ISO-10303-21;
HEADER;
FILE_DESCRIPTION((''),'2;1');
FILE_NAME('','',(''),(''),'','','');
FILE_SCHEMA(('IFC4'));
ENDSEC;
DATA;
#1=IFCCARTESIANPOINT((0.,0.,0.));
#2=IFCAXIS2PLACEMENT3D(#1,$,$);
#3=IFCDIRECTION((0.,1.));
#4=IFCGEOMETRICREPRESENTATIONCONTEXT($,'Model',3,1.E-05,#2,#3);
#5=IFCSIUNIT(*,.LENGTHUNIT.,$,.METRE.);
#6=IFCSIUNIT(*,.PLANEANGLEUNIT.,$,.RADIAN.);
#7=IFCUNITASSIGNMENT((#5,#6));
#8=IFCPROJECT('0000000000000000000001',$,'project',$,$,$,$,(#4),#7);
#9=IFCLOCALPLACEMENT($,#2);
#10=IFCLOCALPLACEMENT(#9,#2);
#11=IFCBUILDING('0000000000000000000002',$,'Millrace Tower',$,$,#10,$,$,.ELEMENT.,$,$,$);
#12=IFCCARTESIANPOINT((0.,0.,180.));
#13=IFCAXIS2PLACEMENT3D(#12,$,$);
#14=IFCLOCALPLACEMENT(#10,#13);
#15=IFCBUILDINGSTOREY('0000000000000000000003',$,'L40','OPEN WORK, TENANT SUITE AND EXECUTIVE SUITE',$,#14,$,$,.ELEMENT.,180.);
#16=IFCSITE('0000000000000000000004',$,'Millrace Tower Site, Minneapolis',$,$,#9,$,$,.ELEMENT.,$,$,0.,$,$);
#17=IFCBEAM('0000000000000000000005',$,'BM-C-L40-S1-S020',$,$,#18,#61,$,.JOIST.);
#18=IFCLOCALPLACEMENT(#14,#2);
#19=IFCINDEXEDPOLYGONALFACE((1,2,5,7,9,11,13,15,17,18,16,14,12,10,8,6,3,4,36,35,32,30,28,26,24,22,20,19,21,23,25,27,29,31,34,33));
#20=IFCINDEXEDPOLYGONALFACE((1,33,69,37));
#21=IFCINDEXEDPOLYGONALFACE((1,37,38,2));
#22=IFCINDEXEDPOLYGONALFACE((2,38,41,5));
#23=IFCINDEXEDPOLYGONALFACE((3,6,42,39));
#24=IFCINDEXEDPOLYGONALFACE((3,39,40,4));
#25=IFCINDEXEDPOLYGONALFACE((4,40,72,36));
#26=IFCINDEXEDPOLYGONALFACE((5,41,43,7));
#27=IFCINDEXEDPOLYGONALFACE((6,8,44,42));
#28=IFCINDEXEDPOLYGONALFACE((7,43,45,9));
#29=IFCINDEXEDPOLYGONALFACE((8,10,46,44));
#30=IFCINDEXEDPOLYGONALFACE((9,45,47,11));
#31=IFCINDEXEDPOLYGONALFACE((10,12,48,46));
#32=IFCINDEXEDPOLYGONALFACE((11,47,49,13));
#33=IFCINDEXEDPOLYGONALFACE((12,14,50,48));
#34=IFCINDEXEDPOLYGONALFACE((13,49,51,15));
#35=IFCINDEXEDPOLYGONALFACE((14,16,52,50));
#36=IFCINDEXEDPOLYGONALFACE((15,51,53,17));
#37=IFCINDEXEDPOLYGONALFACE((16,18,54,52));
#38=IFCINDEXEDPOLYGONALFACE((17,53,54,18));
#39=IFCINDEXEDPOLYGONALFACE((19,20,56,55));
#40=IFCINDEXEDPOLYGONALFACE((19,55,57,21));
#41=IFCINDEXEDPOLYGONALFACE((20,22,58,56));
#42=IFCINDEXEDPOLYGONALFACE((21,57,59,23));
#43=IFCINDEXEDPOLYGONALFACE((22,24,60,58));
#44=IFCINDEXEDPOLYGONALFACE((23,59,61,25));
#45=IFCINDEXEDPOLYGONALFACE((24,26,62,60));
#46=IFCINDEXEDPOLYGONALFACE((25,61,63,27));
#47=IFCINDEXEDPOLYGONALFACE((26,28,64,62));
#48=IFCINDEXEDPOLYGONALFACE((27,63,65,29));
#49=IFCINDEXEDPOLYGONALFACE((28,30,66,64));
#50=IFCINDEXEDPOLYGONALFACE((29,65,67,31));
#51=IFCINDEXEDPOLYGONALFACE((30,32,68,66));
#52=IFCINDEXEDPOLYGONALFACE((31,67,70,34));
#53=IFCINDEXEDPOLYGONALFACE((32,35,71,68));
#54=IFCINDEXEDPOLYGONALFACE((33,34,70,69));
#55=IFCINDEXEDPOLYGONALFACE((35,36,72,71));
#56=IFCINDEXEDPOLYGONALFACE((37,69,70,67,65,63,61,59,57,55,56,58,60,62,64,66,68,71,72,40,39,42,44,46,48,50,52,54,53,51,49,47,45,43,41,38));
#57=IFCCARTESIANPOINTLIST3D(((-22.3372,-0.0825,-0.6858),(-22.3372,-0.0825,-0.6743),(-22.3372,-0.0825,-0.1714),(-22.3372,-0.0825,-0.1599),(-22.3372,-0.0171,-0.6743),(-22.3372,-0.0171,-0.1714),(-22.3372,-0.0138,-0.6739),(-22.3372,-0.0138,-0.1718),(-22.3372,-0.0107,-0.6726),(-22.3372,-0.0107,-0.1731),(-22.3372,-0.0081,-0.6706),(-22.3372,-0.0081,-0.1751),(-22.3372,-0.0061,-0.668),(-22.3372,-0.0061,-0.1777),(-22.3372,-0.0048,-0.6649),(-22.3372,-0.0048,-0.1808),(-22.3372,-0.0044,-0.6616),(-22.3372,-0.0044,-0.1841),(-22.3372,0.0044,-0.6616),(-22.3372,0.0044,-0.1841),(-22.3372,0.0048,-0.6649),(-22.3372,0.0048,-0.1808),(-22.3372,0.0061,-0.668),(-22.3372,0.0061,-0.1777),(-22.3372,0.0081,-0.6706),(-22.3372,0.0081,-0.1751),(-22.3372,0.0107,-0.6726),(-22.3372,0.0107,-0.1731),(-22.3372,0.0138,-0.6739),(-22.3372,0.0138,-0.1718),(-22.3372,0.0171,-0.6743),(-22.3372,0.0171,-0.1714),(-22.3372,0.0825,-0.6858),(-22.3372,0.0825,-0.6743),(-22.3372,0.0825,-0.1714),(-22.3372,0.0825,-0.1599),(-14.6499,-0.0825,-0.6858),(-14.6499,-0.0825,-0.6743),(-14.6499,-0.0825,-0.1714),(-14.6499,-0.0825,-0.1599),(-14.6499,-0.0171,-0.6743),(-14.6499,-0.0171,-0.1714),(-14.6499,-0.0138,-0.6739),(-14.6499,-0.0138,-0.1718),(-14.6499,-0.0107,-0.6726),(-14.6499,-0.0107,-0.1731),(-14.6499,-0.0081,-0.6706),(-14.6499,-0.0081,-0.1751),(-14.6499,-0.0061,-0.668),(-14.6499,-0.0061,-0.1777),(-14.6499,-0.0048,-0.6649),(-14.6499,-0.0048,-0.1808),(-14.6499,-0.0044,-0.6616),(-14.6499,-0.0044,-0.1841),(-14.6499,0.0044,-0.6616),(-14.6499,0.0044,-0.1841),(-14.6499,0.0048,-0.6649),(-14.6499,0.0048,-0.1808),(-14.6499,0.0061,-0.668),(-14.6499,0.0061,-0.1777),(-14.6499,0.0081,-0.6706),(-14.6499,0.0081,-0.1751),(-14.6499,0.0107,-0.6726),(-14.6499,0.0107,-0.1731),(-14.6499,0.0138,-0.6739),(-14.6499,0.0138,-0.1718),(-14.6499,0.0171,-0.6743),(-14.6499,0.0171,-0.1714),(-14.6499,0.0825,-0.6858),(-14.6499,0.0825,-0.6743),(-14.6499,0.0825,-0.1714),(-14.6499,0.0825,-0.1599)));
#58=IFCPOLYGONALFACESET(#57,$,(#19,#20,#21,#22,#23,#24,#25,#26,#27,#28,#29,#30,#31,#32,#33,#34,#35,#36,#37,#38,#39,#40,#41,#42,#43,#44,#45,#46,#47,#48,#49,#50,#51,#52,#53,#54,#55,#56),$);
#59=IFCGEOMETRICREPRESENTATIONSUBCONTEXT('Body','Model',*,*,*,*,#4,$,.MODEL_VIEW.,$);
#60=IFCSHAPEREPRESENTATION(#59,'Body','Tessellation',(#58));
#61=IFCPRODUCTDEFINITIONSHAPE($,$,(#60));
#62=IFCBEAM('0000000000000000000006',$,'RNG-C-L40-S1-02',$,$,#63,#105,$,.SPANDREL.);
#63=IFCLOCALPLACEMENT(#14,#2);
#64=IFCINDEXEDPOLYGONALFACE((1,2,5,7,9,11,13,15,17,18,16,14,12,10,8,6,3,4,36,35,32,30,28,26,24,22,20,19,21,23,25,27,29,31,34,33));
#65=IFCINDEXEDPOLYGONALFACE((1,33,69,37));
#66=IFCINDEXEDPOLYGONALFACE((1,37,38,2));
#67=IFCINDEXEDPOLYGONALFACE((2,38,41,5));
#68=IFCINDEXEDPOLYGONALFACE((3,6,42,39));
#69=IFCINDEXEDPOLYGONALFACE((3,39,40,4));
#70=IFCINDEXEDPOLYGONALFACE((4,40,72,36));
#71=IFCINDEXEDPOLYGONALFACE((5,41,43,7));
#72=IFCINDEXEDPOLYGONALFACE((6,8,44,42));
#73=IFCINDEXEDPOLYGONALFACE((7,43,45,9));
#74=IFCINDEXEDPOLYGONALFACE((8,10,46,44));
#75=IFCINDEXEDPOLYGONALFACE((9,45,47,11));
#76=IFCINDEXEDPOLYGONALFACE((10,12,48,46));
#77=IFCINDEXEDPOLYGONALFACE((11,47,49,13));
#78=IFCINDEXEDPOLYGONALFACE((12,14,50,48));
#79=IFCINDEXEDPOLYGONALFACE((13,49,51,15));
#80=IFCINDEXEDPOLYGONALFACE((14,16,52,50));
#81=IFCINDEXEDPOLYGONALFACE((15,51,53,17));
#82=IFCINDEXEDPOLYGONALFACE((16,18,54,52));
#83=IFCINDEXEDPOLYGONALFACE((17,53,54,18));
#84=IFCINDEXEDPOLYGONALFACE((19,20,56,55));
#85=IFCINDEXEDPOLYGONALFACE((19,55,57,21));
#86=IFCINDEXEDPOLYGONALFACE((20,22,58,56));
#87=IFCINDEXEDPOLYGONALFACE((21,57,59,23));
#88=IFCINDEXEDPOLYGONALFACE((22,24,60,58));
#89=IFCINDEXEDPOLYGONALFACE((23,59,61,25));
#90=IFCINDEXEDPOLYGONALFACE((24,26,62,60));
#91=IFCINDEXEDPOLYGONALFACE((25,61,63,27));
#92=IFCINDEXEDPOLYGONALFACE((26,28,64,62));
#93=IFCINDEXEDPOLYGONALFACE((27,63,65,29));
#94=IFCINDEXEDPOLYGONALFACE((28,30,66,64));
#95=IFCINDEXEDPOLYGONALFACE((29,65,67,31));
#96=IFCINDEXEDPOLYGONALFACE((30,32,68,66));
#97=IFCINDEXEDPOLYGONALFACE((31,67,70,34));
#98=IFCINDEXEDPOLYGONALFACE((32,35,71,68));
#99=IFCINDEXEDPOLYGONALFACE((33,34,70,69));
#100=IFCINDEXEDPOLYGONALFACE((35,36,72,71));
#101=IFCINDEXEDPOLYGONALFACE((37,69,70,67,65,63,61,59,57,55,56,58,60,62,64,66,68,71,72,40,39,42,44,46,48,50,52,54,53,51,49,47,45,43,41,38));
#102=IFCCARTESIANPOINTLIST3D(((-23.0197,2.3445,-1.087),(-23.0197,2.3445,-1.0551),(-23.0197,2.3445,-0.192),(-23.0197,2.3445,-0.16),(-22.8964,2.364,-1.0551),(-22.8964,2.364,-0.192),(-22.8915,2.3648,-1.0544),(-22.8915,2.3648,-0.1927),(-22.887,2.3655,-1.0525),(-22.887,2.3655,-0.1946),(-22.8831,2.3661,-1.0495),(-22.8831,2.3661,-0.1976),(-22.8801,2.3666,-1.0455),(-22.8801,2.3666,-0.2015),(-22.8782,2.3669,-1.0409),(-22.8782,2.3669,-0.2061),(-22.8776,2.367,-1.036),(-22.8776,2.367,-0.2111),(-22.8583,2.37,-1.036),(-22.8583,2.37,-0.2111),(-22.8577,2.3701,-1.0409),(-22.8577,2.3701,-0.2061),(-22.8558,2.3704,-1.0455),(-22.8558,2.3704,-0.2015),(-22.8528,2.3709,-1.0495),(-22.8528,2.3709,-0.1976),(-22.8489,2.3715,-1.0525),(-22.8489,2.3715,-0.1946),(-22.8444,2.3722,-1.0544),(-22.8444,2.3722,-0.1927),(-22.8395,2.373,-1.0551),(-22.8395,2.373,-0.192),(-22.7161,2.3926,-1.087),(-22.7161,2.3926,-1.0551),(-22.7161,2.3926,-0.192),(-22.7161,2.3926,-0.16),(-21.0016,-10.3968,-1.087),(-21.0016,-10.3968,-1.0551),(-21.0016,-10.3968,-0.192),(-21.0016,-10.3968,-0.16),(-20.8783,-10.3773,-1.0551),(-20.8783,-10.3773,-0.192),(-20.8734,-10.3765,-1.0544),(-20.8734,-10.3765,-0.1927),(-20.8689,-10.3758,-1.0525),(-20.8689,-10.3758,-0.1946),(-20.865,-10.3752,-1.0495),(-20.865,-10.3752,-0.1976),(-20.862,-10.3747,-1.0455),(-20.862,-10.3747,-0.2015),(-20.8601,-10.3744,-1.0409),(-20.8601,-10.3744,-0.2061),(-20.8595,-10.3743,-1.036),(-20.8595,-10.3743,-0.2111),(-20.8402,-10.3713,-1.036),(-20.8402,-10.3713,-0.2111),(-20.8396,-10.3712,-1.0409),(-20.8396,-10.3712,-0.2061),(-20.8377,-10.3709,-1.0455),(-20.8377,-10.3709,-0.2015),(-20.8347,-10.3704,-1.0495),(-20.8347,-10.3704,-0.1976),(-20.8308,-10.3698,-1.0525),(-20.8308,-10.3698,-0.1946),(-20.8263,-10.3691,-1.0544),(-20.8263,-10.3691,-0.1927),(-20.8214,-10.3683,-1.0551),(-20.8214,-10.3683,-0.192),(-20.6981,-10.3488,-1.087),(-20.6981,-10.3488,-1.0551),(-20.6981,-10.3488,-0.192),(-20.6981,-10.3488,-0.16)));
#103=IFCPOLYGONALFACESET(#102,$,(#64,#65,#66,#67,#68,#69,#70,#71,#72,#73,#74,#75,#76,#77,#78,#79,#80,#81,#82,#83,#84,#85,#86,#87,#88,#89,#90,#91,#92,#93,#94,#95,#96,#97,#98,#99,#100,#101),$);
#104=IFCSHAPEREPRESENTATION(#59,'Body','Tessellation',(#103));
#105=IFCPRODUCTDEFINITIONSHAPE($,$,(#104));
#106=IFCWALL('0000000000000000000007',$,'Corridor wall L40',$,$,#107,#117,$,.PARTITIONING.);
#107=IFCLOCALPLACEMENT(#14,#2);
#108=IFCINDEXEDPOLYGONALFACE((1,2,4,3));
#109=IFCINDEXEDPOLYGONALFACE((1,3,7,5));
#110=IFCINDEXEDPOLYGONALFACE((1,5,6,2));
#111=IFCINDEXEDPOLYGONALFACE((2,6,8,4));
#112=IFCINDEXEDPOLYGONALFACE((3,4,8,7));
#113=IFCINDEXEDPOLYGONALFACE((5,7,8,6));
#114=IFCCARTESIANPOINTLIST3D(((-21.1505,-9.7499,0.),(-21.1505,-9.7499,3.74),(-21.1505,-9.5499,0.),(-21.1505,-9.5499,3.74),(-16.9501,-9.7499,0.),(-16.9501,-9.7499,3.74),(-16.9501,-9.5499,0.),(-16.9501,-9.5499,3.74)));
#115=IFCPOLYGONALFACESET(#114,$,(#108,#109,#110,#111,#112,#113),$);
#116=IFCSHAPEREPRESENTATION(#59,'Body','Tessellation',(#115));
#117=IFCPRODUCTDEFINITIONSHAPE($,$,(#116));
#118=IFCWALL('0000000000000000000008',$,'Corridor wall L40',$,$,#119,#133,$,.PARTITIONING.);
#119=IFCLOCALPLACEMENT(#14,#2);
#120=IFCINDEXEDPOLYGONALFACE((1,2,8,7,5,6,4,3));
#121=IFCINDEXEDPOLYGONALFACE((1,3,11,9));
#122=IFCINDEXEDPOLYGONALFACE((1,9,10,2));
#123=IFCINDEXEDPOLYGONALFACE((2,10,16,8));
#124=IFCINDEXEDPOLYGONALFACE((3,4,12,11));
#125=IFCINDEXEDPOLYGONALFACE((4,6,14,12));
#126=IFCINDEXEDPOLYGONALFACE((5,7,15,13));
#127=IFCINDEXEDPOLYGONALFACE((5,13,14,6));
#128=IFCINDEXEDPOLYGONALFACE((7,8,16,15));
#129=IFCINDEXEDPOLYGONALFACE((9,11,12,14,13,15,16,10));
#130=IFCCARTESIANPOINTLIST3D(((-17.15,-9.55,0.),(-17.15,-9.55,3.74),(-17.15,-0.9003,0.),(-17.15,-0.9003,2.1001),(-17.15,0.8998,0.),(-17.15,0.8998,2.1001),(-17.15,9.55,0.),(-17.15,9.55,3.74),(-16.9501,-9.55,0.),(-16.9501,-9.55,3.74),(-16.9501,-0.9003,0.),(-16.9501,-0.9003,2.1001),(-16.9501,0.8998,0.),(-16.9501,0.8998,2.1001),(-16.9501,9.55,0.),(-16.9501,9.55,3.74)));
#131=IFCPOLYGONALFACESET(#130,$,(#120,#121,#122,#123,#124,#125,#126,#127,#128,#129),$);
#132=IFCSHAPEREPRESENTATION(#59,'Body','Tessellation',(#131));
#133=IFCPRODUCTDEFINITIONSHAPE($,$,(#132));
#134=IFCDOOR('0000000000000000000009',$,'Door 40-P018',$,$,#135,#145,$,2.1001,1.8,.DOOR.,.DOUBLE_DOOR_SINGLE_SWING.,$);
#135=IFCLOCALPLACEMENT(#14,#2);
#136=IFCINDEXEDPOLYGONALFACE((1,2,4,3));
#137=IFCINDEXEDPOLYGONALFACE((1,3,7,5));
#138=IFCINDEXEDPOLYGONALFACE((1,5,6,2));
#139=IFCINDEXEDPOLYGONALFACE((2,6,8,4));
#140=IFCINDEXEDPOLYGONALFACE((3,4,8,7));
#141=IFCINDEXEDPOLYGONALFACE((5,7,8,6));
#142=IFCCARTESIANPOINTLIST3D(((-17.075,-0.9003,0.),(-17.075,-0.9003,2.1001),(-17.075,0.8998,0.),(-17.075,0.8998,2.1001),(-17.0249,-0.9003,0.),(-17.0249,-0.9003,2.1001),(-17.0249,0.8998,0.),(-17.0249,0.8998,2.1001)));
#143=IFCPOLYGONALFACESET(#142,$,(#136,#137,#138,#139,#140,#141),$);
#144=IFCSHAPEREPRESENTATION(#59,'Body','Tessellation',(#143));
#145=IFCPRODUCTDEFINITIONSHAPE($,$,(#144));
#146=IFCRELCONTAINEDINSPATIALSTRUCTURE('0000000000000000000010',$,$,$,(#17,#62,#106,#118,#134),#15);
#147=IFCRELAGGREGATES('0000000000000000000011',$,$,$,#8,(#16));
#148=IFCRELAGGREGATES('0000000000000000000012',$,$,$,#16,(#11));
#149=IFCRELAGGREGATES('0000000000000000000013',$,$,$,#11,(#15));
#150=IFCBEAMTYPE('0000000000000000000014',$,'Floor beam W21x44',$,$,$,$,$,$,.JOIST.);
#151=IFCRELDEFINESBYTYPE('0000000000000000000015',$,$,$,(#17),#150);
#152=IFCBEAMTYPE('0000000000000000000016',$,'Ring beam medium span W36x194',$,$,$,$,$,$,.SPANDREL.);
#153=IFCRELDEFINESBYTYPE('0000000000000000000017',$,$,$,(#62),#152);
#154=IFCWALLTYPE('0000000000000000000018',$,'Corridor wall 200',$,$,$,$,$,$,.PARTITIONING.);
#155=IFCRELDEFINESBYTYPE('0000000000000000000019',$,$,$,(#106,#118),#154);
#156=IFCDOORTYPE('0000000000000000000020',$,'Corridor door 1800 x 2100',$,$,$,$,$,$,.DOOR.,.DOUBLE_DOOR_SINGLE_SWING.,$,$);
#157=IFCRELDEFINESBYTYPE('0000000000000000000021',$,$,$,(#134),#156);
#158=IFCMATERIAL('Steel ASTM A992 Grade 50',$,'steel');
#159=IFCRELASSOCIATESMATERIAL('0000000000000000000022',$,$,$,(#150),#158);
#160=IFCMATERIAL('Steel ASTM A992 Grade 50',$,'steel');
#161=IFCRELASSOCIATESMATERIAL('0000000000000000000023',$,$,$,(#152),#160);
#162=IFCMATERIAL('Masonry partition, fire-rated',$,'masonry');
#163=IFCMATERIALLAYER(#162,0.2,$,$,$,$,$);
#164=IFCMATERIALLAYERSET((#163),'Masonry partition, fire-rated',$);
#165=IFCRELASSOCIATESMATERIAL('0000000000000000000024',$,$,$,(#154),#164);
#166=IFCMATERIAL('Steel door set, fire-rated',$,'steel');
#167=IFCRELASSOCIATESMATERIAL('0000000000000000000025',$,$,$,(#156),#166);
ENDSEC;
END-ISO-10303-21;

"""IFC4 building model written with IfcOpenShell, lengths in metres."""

from ifc_helpers import new_model, si_unit, direction, frame, frame_2d, origin, origin_2d, place, context, subcontext, project, spatial, rectangle, i_section, extrude, material, layer, layer_set, material_profile, profile_set, type_object, element, fill, save


model = new_model("IFC4")

# Units and contexts
model_context = context("Model", 3, precision=1e-05, world=origin(), true_north=direction((0.0, 1.0)))
body_context = subcontext(model_context, "Body", "Model", "MODEL_VIEW")
ifc_project = project(units=[si_unit("LENGTHUNIT", "METRE"), si_unit("PLANEANGLEUNIT", "RADIAN")], contexts=[model_context])

# Site, building, storey
site_placement = place(None, origin())
site = spatial("IfcSite", under=ifc_project, at=site_placement, Name="Millrace Tower Site, Minneapolis", CompositionType="ELEMENT", RefElevation=0.0)
building_placement = place(site_placement, origin())
building = spatial("IfcBuilding", under=site, at=building_placement, Name="Millrace Tower", CompositionType="ELEMENT")
storey_placement = place(building_placement, frame((0.0, 0.0, 180.0)))
storey = spatial("IfcBuildingStorey", under=building, at=storey_placement, Name="L40", Description="OPEN WORK, TENANT SUITE AND EXECUTIVE SUITE", CompositionType="ELEMENT", Elevation=180.0)

# Beams
ifc_material_1 = material(Name="Steel ASTM A992 Grade 50", Category="steel")
ifc_material_profile_1 = material_profile(ifc_material_1, i_section(OverallWidth=0.165, OverallDepth=0.5259, WebThickness=0.0088, FlangeThickness=0.0115, FilletRadius=0.0127, at=origin_2d()))
ifc_profile_set_1 = profile_set([ifc_material_profile_1], Name="Steel ASTM A992 Grade 50")
beam_type_1 = type_object("IfcBeamType", Name="Floor beam W21x44", PredefinedType="JOIST", material=ifc_profile_set_1)
beam_1_placement = place(storey_placement, frame((-22.3372, 0.0, -0.4229), z_axis=(1.0, 0.0, 0.0), x_axis=(0.0, 1.0, 0.0)))
element("IfcBeam", 1, at=beam_1_placement, inside=storey, type_object=beam_type_1, Name="BM-C-L40-S1-S020", PredefinedType="JOIST", context=body_context, shape_type="SweptSolid", body=[
    extrude(i_section(OverallWidth=0.165, OverallDepth=0.5259, WebThickness=0.0088, FlangeThickness=0.0115, FilletRadius=0.0127, at=origin_2d()), origin(), (0.0, 0.0, 1.0), 7.6873),
])
ifc_material_2 = material(Name="Steel ASTM A992 Grade 50", Category="steel")
ifc_material_profile_2 = material_profile(ifc_material_2, i_section(OverallWidth=0.3074, OverallDepth=0.927, WebThickness=0.0195, FlangeThickness=0.032, FilletRadius=0.019, at=origin_2d()))
ifc_profile_set_2 = profile_set([ifc_material_profile_2], Name="Steel ASTM A992 Grade 50")
beam_type_2 = type_object("IfcBeamType", Name="Ring beam medium span W36x194", PredefinedType="SPANDREL", material=ifc_profile_set_2)
beam_2_placement = place(storey_placement, frame((-20.8499, -10.3728, -0.6235), z_axis=(-0.156439, 0.987688, 0.0), x_axis=(-0.987688, -0.156439, 0.0)))
element("IfcBeam", 2, at=beam_2_placement, inside=storey, type_object=beam_type_2, Name="RNG-C-L40-S1-02", PredefinedType="SPANDREL", context=body_context, shape_type="SweptSolid", body=[
    extrude(i_section(OverallWidth=0.3074, OverallDepth=0.927, WebThickness=0.0195, FlangeThickness=0.032, FilletRadius=0.019, at=origin_2d()), origin(), (0.0, 0.0, 1.0), 12.9001),
])

# Wall
ifc_material_3 = material(Name="Masonry partition, fire-rated", Category="masonry")
ifc_layer_1 = layer(ifc_material_3, 0.2)
ifc_layer_set_1 = layer_set([ifc_layer_1], Name="Masonry partition, fire-rated")
wall_type = type_object("IfcWallType", Name="Corridor wall 200", PredefinedType="PARTITIONING", material=ifc_layer_set_1)
wall_1_placement = place(storey_placement, frame((-21.1504, -9.6499, 0.0), z_axis=(0.0, 0.0, 1.0), x_axis=(1.0, 0.0, 0.0)))
element("IfcWall", 3, at=wall_1_placement, inside=storey, type_object=wall_type, Name="Corridor wall L40", PredefinedType="PARTITIONING", context=body_context, shape_type="SweptSolid", body=[
    extrude(rectangle(XDim=4.2004, YDim=0.2, at=frame_2d((2.1001, 0.0))), origin(), (0.0, 0.0, 1.0), 3.74),
])

# Wall, opening, door
wall_2_placement = place(storey_placement, frame((-17.05, -9.55, 0.0), z_axis=(0.0, 0.0, 1.0), x_axis=(0.0, 1.0, 0.0)))
wall_2 = element("IfcWall", 4, at=wall_2_placement, inside=storey, type_object=wall_type, Name="Corridor wall L40", PredefinedType="PARTITIONING", context=body_context, shape_type="SweptSolid", body=[
    extrude(rectangle(XDim=19.1001, YDim=0.2, at=frame_2d((9.55, 0.0))), origin(), (0.0, 0.0, 1.0), 3.74),
])
opening_placement = place(wall_2_placement, frame((8.6499, 0.0, 0.0)))
opening = element("IfcOpeningElement", 5, at=opening_placement, cuts=wall_2, PredefinedType="OPENING", context=body_context, shape_type="SweptSolid", body=[
    extrude(rectangle(XDim=1.8, YDim=2.1001, at=frame_2d((0.8999, 1.05))), frame((0.0, 0.1099, 0.0), z_axis=(0.0, -1.0, 0.0), x_axis=(1.0, 0.0, 0.0)), (0.0, 0.0, 1.0), 0.22),
])
ifc_material_4 = material(Name="Steel door set, fire-rated", Category="steel")
door_type = type_object("IfcDoorType", Name="Corridor door 1800 x 2100", OperationType="DOUBLE_DOOR_SINGLE_SWING", PredefinedType="DOOR", material=ifc_material_4)
door_placement = place(opening_placement, origin())
door = element("IfcDoor", 6, at=door_placement, inside=storey, type_object=door_type, Name="Door 40-P018", OperationType="DOUBLE_DOOR_SINGLE_SWING", OverallHeight=2.1001, OverallWidth=1.8, PredefinedType="DOOR", context=body_context, shape_type="SweptSolid", body=[
    extrude(rectangle(XDim=1.8, YDim=2.1001, at=frame_2d((0.8999, 1.05))), frame((0.0, 0.0249, 0.0), z_axis=(0.0, -1.0, 0.0), x_axis=(1.0, 0.0, 0.0)), (0.0, 0.0, 1.0), 0.05),
])
fill(opening, door)

save(model, "model.ifc")
